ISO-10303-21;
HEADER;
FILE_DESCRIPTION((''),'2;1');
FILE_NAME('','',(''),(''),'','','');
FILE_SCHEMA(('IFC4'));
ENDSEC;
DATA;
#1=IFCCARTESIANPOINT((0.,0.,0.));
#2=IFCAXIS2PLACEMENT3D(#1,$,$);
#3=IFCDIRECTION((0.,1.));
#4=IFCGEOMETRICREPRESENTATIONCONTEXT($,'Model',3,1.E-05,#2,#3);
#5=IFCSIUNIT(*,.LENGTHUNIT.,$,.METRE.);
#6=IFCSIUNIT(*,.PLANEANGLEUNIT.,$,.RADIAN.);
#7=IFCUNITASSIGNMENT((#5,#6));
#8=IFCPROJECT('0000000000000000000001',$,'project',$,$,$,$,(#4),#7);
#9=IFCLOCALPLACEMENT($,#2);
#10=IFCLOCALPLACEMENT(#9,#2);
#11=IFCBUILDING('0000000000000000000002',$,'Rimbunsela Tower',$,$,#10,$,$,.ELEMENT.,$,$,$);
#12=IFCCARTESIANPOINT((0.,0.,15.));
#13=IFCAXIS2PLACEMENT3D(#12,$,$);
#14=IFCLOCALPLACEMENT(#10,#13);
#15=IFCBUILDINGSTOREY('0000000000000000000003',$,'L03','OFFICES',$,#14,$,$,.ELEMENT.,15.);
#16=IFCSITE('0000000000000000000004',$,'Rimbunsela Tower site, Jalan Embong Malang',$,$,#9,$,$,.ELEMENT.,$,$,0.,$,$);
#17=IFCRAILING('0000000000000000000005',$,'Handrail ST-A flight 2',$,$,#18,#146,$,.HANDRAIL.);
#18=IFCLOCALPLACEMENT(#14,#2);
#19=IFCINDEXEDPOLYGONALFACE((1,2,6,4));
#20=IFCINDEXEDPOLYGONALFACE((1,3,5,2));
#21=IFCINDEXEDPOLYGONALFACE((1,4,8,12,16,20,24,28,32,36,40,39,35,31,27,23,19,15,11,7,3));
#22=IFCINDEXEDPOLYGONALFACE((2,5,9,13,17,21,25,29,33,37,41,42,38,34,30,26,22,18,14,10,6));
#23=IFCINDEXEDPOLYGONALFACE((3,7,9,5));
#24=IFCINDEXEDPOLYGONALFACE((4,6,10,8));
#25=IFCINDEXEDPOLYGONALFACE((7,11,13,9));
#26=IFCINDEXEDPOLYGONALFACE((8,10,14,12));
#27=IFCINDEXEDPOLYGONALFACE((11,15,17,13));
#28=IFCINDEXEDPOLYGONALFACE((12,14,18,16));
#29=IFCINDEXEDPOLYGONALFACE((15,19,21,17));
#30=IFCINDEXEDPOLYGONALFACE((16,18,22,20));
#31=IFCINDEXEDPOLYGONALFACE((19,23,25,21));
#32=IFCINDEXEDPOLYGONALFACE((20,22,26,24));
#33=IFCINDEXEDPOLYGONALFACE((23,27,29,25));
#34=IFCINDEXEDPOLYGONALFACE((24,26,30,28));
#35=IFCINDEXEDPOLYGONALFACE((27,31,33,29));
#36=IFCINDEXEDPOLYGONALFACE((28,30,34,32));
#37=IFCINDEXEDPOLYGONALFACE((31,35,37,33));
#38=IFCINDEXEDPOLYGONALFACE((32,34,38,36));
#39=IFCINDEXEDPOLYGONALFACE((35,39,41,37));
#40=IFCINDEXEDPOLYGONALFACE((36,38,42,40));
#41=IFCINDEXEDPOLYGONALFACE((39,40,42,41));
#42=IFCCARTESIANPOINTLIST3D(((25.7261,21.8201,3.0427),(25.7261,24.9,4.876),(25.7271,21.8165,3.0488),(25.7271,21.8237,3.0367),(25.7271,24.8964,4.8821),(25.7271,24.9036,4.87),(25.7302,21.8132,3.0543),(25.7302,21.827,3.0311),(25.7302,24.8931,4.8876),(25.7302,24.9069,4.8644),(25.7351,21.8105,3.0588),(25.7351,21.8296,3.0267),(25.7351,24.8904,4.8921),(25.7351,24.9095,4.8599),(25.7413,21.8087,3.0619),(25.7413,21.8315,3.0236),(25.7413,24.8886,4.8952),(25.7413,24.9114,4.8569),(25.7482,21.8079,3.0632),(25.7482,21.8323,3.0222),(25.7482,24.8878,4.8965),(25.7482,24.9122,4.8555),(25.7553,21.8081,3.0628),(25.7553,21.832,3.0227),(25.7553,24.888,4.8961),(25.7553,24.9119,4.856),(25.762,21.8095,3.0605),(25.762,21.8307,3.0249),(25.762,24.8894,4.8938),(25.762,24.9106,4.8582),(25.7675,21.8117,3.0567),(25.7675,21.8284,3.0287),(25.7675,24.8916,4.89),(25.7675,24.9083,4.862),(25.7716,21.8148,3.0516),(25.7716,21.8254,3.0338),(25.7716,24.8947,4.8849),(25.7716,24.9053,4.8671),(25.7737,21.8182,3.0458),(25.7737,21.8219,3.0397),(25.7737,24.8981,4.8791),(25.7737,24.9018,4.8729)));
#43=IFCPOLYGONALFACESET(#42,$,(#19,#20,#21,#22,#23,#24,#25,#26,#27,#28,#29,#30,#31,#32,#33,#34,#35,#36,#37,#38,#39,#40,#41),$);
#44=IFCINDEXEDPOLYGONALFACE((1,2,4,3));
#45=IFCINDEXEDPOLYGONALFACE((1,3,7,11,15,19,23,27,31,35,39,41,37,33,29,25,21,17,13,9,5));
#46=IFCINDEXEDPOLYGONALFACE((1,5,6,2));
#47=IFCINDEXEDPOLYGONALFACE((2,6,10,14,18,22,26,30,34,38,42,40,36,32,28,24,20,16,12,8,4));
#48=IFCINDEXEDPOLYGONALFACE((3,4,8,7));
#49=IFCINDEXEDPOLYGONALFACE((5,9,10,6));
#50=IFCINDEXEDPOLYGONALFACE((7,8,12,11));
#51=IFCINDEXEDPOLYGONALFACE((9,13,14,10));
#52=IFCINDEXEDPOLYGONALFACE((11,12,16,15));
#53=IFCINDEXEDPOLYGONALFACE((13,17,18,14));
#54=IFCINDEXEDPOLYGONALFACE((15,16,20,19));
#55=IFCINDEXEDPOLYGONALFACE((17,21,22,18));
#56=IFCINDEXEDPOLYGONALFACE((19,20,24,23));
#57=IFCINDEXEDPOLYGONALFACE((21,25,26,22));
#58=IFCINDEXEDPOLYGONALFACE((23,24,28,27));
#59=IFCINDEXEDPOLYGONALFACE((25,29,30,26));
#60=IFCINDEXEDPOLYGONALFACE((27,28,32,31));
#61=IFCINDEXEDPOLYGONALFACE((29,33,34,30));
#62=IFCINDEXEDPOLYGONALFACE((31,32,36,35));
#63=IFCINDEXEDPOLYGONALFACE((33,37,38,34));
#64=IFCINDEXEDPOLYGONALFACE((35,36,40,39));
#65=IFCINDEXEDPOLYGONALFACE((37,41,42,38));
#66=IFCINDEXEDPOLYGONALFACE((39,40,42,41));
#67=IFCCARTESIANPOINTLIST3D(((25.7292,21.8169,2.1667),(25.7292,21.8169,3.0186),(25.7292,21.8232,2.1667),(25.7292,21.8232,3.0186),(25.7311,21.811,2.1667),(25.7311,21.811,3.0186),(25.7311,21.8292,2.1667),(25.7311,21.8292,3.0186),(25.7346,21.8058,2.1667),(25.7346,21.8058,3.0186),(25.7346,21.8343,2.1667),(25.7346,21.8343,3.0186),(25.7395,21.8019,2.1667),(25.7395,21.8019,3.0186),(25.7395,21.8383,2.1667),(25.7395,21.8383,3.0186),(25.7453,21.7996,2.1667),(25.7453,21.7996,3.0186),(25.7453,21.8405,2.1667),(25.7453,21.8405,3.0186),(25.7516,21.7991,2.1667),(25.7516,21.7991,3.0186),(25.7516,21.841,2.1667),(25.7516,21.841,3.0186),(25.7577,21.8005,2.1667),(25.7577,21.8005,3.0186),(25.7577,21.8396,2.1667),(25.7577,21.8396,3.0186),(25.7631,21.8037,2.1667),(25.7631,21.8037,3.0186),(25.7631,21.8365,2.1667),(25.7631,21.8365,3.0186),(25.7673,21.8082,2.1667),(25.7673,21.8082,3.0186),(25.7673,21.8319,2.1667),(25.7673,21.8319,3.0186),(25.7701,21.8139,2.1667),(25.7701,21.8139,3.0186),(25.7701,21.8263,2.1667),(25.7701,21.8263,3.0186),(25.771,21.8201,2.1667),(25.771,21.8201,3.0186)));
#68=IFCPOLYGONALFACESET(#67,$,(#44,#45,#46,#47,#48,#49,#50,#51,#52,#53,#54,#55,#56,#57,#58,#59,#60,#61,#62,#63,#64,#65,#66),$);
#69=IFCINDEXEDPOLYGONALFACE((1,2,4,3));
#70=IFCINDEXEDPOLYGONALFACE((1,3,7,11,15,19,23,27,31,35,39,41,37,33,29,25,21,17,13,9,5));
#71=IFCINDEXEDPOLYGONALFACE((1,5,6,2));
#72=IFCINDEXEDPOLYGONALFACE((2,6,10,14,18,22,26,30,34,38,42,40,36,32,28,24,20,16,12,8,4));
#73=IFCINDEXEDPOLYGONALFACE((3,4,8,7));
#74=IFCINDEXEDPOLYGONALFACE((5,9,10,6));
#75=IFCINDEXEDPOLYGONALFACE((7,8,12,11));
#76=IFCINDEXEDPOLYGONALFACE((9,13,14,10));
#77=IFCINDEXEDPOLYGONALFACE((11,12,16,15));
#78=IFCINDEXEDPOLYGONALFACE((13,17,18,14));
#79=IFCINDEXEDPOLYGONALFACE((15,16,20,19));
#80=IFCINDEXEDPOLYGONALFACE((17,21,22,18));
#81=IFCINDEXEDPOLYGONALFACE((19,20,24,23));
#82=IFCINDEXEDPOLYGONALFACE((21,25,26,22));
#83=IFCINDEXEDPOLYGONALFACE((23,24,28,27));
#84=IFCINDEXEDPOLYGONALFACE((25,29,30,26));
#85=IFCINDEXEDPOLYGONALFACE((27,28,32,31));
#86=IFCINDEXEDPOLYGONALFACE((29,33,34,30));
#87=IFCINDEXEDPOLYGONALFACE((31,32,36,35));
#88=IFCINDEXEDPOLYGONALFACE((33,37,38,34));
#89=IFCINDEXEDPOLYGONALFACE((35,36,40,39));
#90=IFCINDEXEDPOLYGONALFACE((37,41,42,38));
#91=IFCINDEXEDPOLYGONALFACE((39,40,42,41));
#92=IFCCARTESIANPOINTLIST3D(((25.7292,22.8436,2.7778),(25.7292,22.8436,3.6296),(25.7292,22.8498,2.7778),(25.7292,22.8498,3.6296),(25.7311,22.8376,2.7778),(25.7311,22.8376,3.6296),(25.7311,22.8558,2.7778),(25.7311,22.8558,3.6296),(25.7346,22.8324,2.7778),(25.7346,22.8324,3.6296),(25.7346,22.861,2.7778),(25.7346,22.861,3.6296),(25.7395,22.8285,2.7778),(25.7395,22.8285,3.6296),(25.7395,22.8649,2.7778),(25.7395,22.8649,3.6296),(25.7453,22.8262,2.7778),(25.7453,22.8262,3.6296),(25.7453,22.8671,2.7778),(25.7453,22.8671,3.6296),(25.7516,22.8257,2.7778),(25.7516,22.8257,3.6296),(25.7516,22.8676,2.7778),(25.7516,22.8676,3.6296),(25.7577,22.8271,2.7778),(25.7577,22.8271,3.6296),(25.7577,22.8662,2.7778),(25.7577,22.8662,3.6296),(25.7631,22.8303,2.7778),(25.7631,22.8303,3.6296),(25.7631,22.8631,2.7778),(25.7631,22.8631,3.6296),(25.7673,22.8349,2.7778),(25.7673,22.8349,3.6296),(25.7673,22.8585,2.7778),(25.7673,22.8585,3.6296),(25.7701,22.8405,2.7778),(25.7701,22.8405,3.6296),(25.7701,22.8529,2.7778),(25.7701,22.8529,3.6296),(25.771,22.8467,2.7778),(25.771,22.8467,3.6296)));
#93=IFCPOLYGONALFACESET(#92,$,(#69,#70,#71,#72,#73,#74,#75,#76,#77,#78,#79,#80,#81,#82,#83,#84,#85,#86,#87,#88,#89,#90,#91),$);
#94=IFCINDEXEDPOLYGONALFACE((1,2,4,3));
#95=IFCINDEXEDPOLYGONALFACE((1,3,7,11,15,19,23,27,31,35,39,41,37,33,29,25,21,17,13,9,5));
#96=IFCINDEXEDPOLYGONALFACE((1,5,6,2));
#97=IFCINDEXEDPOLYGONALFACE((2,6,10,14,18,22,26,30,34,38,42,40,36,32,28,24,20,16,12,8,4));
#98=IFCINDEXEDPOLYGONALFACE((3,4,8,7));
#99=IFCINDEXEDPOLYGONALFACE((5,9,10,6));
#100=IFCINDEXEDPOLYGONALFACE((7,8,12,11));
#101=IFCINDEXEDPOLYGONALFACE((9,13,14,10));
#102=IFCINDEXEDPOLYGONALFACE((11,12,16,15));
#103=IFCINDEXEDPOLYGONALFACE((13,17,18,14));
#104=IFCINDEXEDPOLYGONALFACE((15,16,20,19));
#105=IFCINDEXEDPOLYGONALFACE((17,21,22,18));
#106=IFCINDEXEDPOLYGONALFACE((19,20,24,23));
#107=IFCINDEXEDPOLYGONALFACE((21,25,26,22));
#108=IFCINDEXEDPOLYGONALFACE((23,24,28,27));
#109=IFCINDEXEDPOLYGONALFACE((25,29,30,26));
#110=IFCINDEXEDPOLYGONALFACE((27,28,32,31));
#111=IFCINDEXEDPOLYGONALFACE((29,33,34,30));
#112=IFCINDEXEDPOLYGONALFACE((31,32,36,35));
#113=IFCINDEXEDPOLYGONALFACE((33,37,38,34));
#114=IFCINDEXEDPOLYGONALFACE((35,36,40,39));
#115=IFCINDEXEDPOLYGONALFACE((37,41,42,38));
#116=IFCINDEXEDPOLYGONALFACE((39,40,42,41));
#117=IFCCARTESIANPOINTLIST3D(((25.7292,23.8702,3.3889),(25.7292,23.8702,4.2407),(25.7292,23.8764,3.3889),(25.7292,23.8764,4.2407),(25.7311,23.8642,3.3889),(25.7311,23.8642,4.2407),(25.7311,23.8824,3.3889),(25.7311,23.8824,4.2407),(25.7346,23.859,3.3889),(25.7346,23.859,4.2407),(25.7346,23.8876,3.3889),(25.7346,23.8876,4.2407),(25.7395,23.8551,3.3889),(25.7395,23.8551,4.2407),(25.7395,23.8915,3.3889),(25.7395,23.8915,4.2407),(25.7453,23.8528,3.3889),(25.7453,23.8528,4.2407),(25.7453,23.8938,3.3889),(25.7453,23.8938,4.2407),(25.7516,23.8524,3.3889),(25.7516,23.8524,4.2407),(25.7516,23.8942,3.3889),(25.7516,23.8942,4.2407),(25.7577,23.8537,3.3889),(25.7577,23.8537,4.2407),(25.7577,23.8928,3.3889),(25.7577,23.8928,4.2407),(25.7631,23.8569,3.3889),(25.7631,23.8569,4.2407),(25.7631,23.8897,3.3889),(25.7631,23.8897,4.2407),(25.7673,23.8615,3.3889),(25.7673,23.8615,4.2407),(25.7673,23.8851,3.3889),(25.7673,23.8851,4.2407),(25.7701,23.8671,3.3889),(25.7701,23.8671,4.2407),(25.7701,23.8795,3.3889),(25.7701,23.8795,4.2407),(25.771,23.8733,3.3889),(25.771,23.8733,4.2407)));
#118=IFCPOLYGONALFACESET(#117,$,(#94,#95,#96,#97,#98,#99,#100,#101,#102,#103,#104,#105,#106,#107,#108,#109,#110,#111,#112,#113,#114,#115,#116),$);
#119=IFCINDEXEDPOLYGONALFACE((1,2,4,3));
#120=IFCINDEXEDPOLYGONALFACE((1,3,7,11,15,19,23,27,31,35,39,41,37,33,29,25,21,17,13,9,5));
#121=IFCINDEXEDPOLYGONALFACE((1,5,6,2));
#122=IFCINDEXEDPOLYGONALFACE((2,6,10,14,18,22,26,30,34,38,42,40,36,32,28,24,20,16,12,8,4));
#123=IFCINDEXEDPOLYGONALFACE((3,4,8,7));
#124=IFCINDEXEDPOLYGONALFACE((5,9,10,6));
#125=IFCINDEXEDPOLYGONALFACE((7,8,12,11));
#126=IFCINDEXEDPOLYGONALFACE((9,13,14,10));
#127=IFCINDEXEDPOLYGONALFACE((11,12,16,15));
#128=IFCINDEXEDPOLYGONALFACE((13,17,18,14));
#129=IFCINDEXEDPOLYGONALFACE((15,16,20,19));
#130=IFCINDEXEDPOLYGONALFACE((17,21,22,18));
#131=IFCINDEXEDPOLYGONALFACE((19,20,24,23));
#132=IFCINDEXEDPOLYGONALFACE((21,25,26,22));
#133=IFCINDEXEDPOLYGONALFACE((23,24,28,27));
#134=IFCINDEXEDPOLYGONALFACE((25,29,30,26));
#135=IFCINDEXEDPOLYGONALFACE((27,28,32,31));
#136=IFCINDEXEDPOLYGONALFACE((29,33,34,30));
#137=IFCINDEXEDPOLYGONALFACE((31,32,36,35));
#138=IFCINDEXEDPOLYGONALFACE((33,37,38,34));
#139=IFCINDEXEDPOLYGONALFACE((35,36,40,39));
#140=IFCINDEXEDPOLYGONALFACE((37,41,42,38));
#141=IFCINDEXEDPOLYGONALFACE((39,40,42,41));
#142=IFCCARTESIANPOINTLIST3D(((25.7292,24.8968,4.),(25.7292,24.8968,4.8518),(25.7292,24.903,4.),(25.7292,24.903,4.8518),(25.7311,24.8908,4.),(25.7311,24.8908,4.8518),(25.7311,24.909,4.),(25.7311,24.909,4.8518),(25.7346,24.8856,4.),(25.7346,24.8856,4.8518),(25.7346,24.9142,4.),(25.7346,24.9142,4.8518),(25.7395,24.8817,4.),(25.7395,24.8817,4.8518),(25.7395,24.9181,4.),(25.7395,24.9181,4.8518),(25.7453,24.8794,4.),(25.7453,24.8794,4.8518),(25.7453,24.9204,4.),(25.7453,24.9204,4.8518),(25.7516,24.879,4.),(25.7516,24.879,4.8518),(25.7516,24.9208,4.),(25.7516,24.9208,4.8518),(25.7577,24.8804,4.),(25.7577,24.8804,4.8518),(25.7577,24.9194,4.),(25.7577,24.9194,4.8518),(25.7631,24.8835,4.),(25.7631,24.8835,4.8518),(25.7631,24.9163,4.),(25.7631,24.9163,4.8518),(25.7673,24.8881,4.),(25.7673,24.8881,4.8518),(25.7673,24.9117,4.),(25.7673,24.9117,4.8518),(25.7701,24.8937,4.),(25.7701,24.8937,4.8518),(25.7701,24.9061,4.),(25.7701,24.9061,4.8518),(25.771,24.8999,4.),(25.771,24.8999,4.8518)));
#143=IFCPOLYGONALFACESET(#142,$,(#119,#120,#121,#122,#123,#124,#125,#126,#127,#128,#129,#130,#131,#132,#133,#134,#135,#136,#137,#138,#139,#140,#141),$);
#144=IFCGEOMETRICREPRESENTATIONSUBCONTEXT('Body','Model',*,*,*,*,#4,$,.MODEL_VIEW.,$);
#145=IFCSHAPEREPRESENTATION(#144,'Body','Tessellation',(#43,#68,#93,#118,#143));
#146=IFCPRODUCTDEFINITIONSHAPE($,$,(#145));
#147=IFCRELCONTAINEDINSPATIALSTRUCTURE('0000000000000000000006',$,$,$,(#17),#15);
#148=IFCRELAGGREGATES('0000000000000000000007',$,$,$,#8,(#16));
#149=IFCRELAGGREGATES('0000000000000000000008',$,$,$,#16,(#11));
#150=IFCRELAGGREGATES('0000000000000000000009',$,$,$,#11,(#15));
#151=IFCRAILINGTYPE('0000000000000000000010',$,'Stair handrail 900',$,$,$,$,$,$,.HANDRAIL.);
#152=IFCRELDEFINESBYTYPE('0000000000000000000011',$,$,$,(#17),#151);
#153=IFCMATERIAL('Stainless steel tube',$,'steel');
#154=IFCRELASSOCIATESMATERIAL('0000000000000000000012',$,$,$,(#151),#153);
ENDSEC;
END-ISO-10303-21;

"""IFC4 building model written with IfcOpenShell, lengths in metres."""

from ifc_helpers import new_model, si_unit, direction, frame, origin, origin_2d, place, context, subcontext, project, spatial, circle, extrude, material, type_object, element, save


model = new_model("IFC4")

# Units and contexts
model_context = context("Model", 3, precision=1e-05, world=origin(), true_north=direction((0.0, 1.0)))
body_context = subcontext(model_context, "Body", "Model", "MODEL_VIEW")
ifc_project = project(units=[si_unit("LENGTHUNIT", "METRE"), si_unit("PLANEANGLEUNIT", "RADIAN")], contexts=[model_context])

# Site, building, storey
site_placement = place(None, origin())
site = spatial("IfcSite", under=ifc_project, at=site_placement, Name="Rimbunsela Tower site, Jalan Embong Malang", CompositionType="ELEMENT", RefElevation=0.0)
building_placement = place(site_placement, origin())
building = spatial("IfcBuilding", under=site, at=building_placement, Name="Rimbunsela Tower", CompositionType="ELEMENT")
storey_placement = place(building_placement, frame((0.0, 0.0, 15.0)))
storey = spatial("IfcBuildingStorey", under=building, at=storey_placement, Name="L03", Description="OFFICES", CompositionType="ELEMENT", Elevation=15.0)

# Railing
ifc_material_1 = material(Name="Stainless steel tube", Category="steel")
railing_type = type_object("IfcRailingType", Name="Stair handrail 900", PredefinedType="HANDRAIL", material=ifc_material_1)
railing_1_placement = place(storey_placement, frame((25.75, 21.8201, 2.1667)))
element("IfcRailing", 1, at=railing_1_placement, inside=storey, type_object=railing_type, Name="Handrail ST-A flight 2", PredefinedType="HANDRAIL", context=body_context, shape_type="SweptSolid", body=[
    extrude(circle(Radius=0.0239, at=origin_2d()), frame((0.0, 0.0, 0.876), z_axis=(0.0, 0.859291, 0.511487), x_axis=(-1.0, 0.0, 0.0)), (0.0, 0.0, 1.0), 3.5842),
    extrude(circle(Radius=0.021, at=origin_2d()), origin(), (0.0, 0.0, 1.0), 0.8518),
    extrude(circle(Radius=0.021, at=origin_2d()), frame((0.0, 1.0266, 0.6111)), (0.0, 0.0, 1.0), 0.8518),
    extrude(circle(Radius=0.021, at=origin_2d()), frame((0.0, 2.0532, 1.2222)), (0.0, 0.0, 1.0), 0.8518),
    extrude(circle(Radius=0.021, at=origin_2d()), frame((0.0, 3.0798, 1.8333)), (0.0, 0.0, 1.0), 0.8518),
])

save(model, "model.ifc")
